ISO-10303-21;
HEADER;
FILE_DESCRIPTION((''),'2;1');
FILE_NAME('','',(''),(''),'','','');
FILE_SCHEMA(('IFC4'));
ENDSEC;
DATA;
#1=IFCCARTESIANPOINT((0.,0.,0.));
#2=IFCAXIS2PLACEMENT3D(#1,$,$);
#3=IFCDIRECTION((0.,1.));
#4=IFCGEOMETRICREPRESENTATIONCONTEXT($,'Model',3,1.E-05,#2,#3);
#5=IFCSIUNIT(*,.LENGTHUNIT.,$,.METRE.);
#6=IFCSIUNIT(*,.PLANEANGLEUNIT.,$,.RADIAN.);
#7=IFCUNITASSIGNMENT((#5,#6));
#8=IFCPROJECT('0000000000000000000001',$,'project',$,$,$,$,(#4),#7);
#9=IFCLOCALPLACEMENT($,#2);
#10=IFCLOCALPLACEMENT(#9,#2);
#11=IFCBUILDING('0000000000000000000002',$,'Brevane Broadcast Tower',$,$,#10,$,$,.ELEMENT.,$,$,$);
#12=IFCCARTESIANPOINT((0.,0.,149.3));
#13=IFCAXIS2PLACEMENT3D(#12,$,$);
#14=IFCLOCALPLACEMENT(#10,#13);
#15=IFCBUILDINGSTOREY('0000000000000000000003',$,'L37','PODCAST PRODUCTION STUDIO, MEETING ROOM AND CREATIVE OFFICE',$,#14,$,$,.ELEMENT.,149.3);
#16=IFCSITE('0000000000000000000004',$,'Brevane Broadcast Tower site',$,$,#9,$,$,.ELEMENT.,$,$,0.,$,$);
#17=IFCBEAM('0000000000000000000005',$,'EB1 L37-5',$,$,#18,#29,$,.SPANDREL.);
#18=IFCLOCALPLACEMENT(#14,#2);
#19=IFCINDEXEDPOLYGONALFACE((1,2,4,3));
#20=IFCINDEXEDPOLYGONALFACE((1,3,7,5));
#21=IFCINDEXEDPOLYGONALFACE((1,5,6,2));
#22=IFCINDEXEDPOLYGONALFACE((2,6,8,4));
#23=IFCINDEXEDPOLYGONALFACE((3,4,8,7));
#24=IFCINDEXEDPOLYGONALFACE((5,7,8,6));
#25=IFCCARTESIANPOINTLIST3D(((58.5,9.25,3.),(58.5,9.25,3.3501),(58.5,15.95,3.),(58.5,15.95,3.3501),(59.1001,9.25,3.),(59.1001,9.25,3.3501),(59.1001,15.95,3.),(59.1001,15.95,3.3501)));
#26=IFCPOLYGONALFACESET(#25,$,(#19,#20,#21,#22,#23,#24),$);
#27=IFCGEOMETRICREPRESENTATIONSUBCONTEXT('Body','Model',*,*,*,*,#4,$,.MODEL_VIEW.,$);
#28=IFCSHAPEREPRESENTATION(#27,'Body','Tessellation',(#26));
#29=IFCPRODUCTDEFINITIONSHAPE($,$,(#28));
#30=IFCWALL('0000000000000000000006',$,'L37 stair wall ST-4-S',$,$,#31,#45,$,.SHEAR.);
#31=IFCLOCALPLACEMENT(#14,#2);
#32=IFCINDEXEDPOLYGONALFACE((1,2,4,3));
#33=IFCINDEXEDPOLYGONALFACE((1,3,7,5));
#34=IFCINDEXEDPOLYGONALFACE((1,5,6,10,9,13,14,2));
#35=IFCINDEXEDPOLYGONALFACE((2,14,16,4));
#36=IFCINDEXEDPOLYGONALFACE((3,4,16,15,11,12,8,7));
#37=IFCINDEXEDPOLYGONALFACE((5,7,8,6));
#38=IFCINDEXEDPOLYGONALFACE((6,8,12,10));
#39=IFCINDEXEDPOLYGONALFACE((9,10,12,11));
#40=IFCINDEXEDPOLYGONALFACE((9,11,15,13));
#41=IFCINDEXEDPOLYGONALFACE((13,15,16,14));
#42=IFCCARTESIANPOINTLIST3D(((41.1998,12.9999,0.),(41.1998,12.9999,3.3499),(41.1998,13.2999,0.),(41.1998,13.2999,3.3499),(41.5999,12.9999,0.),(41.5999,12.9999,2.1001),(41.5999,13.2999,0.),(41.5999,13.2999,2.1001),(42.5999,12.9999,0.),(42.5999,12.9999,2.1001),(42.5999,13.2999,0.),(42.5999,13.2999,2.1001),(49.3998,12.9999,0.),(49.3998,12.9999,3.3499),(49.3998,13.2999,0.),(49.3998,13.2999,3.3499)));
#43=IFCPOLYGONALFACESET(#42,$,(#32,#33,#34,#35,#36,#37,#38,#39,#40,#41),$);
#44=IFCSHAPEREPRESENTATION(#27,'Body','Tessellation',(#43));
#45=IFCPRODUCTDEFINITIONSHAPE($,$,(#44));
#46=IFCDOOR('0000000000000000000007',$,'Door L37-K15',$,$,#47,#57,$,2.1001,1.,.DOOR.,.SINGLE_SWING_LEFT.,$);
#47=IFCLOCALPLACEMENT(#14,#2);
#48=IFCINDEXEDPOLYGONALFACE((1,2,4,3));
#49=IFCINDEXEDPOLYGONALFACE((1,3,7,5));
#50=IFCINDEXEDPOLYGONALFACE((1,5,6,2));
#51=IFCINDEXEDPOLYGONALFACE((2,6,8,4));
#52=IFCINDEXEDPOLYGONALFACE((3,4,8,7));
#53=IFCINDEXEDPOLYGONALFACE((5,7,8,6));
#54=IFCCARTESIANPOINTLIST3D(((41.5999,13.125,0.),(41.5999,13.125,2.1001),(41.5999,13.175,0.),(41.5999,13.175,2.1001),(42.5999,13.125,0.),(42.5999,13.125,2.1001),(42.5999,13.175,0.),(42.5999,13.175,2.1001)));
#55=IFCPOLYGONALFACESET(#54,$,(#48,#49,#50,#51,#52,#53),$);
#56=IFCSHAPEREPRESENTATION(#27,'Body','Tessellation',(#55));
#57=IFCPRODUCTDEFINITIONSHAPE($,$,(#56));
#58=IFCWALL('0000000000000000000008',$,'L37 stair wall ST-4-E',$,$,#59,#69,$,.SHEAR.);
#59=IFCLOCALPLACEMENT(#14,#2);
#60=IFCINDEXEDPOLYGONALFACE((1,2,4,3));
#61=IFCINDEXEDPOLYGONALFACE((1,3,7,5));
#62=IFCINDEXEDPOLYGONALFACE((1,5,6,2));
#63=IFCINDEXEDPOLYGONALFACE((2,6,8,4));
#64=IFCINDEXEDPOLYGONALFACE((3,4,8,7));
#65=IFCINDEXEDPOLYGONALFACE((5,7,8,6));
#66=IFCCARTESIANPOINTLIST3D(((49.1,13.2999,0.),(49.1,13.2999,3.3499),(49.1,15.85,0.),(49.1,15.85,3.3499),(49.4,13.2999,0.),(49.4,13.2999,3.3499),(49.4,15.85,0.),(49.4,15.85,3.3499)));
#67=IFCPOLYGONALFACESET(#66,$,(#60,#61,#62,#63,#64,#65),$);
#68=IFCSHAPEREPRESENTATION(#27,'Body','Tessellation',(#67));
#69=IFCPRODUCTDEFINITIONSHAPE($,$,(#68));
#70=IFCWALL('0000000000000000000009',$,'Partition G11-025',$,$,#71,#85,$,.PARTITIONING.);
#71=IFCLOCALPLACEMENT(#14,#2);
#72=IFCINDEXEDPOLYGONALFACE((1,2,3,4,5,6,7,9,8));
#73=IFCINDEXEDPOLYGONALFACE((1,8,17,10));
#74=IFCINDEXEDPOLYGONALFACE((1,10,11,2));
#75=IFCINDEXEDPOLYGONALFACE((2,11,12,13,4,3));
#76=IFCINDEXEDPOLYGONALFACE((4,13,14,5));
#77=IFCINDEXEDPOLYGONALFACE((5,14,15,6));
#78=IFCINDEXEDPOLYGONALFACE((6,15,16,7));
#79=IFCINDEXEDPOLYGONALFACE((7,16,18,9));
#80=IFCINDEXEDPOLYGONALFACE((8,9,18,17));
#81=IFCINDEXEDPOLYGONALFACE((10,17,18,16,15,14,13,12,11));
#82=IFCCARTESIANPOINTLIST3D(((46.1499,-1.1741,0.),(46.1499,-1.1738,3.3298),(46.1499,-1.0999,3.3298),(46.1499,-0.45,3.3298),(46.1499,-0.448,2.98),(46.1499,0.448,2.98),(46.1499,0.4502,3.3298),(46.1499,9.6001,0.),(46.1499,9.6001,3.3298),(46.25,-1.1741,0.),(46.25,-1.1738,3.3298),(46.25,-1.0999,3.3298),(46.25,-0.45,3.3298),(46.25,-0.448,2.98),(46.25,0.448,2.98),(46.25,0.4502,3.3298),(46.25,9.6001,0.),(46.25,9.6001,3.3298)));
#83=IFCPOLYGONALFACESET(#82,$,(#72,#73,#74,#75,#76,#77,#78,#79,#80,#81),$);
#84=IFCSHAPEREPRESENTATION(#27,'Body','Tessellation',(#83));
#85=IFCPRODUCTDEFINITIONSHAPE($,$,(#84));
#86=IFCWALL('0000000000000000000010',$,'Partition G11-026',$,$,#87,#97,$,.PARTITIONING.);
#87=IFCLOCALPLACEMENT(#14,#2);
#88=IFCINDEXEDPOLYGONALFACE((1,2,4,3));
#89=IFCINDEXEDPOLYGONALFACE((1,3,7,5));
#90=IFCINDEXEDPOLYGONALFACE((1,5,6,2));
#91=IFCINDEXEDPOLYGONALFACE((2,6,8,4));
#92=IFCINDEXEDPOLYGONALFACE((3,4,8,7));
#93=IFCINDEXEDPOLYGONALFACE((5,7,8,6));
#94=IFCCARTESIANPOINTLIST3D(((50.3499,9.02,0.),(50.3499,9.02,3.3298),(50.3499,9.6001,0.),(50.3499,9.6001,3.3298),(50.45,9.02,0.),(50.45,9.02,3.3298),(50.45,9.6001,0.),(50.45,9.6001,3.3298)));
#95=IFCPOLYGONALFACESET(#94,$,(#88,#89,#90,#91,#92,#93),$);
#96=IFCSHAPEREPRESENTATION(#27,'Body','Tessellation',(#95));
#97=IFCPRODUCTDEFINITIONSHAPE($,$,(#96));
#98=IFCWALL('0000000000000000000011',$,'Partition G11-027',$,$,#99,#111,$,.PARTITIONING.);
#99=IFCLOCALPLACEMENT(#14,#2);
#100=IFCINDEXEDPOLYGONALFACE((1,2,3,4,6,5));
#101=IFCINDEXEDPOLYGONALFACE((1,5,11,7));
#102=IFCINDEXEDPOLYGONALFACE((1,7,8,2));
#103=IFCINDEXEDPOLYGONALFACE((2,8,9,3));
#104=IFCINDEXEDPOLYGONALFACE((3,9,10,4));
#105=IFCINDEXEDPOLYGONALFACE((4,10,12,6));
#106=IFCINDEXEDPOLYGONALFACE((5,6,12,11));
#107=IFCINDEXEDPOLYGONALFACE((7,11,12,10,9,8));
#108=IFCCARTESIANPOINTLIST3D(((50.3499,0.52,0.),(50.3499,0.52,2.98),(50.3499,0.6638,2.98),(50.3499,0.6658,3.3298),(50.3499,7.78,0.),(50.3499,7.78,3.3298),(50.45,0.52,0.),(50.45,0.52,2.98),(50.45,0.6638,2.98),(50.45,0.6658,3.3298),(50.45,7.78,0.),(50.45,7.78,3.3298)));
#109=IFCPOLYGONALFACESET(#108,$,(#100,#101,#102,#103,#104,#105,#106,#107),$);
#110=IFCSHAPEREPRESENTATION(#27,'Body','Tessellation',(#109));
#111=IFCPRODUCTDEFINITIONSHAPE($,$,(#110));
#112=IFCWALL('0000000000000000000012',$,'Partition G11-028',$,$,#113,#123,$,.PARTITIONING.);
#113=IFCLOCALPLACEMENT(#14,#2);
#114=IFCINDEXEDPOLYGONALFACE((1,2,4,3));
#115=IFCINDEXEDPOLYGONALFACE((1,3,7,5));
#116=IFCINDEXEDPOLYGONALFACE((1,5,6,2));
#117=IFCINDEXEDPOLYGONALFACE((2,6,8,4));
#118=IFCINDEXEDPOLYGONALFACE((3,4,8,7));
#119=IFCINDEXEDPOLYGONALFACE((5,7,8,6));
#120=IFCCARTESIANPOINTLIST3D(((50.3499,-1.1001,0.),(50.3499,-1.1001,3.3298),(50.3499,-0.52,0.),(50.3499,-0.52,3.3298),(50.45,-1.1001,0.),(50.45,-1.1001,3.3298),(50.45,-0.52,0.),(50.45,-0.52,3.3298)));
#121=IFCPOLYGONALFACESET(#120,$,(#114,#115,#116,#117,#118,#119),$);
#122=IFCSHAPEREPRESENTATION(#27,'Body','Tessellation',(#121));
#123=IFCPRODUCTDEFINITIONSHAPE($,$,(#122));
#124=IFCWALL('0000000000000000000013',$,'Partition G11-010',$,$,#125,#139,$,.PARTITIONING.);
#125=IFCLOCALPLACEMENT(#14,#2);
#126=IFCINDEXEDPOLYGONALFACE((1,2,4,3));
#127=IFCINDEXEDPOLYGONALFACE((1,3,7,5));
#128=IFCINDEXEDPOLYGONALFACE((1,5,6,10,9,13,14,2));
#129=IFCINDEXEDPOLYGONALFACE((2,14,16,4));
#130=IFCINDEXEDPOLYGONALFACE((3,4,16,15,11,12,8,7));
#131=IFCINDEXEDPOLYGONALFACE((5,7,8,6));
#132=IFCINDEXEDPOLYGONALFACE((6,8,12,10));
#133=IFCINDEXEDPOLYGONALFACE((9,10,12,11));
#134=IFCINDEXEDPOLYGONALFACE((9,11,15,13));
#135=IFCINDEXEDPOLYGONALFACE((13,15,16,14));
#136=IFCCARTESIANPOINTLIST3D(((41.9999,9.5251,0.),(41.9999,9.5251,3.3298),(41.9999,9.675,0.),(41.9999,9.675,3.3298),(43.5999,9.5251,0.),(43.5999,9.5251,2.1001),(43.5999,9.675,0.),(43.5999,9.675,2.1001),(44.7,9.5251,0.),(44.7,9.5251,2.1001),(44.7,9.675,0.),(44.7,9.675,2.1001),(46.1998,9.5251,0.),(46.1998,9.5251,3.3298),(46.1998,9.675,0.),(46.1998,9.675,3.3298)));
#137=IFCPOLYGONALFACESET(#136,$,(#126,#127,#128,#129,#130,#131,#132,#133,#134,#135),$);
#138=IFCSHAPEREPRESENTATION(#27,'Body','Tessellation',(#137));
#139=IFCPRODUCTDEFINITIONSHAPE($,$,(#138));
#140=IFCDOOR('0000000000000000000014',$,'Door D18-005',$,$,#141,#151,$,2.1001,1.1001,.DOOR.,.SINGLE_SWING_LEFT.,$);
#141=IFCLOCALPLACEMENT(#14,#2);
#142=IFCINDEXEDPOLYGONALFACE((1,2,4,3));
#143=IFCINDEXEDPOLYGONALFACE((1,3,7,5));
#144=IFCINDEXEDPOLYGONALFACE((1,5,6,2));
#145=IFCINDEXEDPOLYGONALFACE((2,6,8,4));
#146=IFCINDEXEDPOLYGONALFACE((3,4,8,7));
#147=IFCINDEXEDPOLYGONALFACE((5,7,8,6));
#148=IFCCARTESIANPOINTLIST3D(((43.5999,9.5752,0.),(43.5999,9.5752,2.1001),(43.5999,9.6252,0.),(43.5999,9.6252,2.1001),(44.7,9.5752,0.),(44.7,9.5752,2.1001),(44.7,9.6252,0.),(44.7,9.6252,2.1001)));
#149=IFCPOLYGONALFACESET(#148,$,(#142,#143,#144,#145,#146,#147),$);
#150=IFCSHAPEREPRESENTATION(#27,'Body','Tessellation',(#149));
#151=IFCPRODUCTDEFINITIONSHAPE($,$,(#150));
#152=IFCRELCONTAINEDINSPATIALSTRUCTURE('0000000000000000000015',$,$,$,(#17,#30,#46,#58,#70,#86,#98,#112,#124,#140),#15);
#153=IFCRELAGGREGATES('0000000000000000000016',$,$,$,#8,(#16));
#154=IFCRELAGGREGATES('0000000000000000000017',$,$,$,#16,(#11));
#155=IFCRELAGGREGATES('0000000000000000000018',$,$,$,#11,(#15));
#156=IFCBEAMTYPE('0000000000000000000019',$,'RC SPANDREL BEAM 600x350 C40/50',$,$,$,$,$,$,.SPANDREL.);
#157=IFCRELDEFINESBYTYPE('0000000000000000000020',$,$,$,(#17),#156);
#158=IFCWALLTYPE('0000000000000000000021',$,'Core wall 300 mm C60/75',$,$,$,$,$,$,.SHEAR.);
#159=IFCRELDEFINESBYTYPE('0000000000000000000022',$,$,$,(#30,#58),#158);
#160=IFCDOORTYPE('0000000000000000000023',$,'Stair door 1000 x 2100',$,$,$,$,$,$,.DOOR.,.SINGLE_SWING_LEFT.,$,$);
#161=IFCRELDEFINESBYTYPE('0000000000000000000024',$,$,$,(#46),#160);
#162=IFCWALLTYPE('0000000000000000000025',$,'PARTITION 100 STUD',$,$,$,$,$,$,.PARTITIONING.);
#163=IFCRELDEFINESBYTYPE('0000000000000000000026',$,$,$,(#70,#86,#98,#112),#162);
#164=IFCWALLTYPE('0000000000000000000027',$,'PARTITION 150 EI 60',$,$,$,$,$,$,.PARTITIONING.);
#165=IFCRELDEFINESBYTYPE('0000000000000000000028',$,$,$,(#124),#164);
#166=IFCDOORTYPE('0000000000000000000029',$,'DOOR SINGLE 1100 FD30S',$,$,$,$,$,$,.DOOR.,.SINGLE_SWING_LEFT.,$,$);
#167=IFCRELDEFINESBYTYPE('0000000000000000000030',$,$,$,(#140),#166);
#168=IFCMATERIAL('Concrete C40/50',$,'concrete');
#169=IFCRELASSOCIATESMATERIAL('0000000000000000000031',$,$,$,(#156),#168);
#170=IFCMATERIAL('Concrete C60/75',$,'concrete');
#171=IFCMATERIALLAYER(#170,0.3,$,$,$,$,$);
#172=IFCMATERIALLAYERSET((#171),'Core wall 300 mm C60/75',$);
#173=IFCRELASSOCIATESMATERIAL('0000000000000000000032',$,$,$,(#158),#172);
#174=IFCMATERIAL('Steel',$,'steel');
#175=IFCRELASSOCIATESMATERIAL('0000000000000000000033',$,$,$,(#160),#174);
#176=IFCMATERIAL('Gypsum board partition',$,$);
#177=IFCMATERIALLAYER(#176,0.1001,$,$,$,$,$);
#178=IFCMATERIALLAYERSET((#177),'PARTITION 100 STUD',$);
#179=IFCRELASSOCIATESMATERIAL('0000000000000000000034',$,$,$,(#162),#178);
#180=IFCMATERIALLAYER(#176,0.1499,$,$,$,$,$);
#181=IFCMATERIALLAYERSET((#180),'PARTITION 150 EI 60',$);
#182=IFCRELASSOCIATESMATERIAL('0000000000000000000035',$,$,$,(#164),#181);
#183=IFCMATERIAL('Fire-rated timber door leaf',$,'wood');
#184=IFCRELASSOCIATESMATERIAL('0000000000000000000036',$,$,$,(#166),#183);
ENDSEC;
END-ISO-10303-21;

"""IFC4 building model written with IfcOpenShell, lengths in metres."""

from ifc_helpers import new_model, si_unit, direction, frame, frame_2d, origin, origin_2d, place, context, subcontext, project, spatial, polyline, rectangle, outline, extrude, material, layer, layer_set, material_profile, profile_set, type_object, element, fill, save


model = new_model("IFC4")

# Units and contexts
model_context = context("Model", 3, precision=1e-05, world=origin(), true_north=direction((0.0, 1.0)))
body_context = subcontext(model_context, "Body", "Model", "MODEL_VIEW")
ifc_project = project(units=[si_unit("LENGTHUNIT", "METRE"), si_unit("PLANEANGLEUNIT", "RADIAN")], contexts=[model_context])

# Site, building, storey
site_placement = place(None, origin())
site = spatial("IfcSite", under=ifc_project, at=site_placement, Name="Brevane Broadcast Tower site", CompositionType="ELEMENT", RefElevation=0.0)
building_placement = place(site_placement, origin())
building = spatial("IfcBuilding", under=site, at=building_placement, Name="Brevane Broadcast Tower", CompositionType="ELEMENT")
storey_placement = place(building_placement, frame((0.0, 0.0, 149.3)))
storey = spatial("IfcBuildingStorey", under=building, at=storey_placement, Name="L37", Description="PODCAST PRODUCTION STUDIO, MEETING ROOM AND CREATIVE OFFICE", CompositionType="ELEMENT", Elevation=149.3)

# Shared definitions
ifc_material_1 = material(Name="Concrete C60/75", Category="concrete")

# Beam
ifc_material_2 = material(Name="Concrete C40/50", Category="concrete")
ifc_material_profile_1 = material_profile(ifc_material_2, rectangle(XDim=0.6001, YDim=0.3501, at=origin_2d()), Name="RC 600x350")
ifc_profile_set_1 = profile_set([ifc_material_profile_1], Name="Concrete C40/50")
beam_type = type_object("IfcBeamType", Name="RC SPANDREL BEAM 600x350 C40/50", PredefinedType="SPANDREL", material=ifc_profile_set_1)
beam_1_placement = place(storey_placement, frame((58.8, 9.25, 3.175), z_axis=(0.0, 1.0, 0.0), x_axis=(-1.0, 0.0, 0.0)))
element("IfcBeam", 1, at=beam_1_placement, inside=storey, type_object=beam_type, Name="EB1 L37-5", PredefinedType="SPANDREL", context=body_context, shape_type="SweptSolid", body=[
    extrude(rectangle(XDim=0.6001, YDim=0.3501, at=origin_2d()), origin(), (0.0, 0.0, 1.0), 6.7),
])

# Wall, opening, door
ifc_layer_1 = layer(ifc_material_1, 0.3)
ifc_layer_set_1 = layer_set([ifc_layer_1], Name="Core wall 300 mm C60/75")
wall_type_1 = type_object("IfcWallType", Name="Core wall 300 mm C60/75", PredefinedType="SHEAR", material=ifc_layer_set_1)
wall_1_placement = place(storey_placement, frame((49.3999, 13.1499, 0.0), z_axis=(0.0, 0.0, 1.0), x_axis=(-1.0, 0.0, 0.0)))
wall_1 = element("IfcWall", 2, at=wall_1_placement, inside=storey, type_object=wall_type_1, Name="L37 stair wall ST-4-S", PredefinedType="SHEAR", context=body_context, shape_type="SweptSolid", body=[
    extrude(rectangle(XDim=8.2, YDim=0.3, at=frame_2d((4.1001, 0.0))), origin(), (0.0, 0.0, 1.0), 3.3499),
])
opening_1_placement = place(wall_1_placement, frame((6.8, 0.0, 0.0)))
opening_1 = element("IfcOpeningElement", 3, at=opening_1_placement, cuts=wall_1, PredefinedType="OPENING", context=body_context, shape_type="SweptSolid", body=[
    extrude(rectangle(XDim=1.0, YDim=2.1001, at=frame_2d((0.5, 1.05))), frame((0.0, 0.1599, 0.0), z_axis=(0.0, -1.0, 0.0), x_axis=(1.0, 0.0, 0.0)), (0.0, 0.0, 1.0), 0.3201),
])
ifc_material_3 = material(Name="Steel", Category="steel")
door_type_1 = type_object("IfcDoorType", Name="Stair door 1000 x 2100", OperationType="SINGLE_SWING_LEFT", PredefinedType="DOOR", material=ifc_material_3)
door_1_placement = place(opening_1_placement, origin())
door_1 = element("IfcDoor", 4, at=door_1_placement, inside=storey, type_object=door_type_1, Name="Door L37-K15", OperationType="SINGLE_SWING_LEFT", OverallHeight=2.1001, OverallWidth=1.0, PredefinedType="DOOR", context=body_context, shape_type="SweptSolid", body=[
    extrude(rectangle(XDim=1.0, YDim=2.1001, at=frame_2d((0.5, 1.05))), frame((0.0, 0.0249, 0.0), z_axis=(0.0, -1.0, 0.0), x_axis=(1.0, 0.0, 0.0)), (0.0, 0.0, 1.0), 0.05),
])
fill(opening_1, door_1)

# Walls
wall_2_placement = place(storey_placement, frame((49.25, 13.3, 0.0), z_axis=(0.0, 0.0, 1.0), x_axis=(0.0, 1.0, 0.0)))
element("IfcWall", 5, at=wall_2_placement, inside=storey, type_object=wall_type_1, Name="L37 stair wall ST-4-E", PredefinedType="SHEAR", context=body_context, shape_type="SweptSolid", body=[
    extrude(rectangle(XDim=2.55, YDim=0.3, at=frame_2d((1.2749, 0.0))), origin(), (0.0, 0.0, 1.0), 3.3499),
])
ifc_material_4 = material(Name="Gypsum board partition")
ifc_layer_2 = layer(ifc_material_4, 0.1001)
ifc_layer_set_2 = layer_set([ifc_layer_2], Name="PARTITION 100 STUD")
wall_type_2 = type_object("IfcWallType", Name="PARTITION 100 STUD", PredefinedType="PARTITIONING", material=ifc_layer_set_2)
wall_3_placement = place(storey_placement, frame((46.2, 9.6001, 0.0), z_axis=(0.0, 0.0, 1.0), x_axis=(0.0, -1.0, 0.0)))
element("IfcWall", 6, at=wall_3_placement, inside=storey, type_object=wall_type_2, Name="Partition G11-025", PredefinedType="PARTITIONING", context=body_context, shape_type="SweptSolid", body=[
    extrude(outline(polyline([(0.0, 0.0), (10.7742, 0.0), (10.7739, 3.3298), (10.7, 3.3298), (10.05, 3.3298), (10.0481, 2.98), (9.1521, 2.98), (9.1499, 3.3298), (0.0, 3.3298), (0.0, 0.0)])), frame((0.0, 0.05, 0.0), z_axis=(0.0, -1.0, 0.0), x_axis=(1.0, 0.0, 0.0)), (0.0, 0.0, 1.0), 0.1001),
])
wall_4_placement = place(storey_placement, frame((50.3999, 9.6001, 0.0), z_axis=(0.0, 0.0, 1.0), x_axis=(0.0, -1.0, 0.0)))
element("IfcWall", 7, at=wall_4_placement, inside=storey, type_object=wall_type_2, Name="Partition G11-026", PredefinedType="PARTITIONING", context=body_context, shape_type="SweptSolid", body=[
    extrude(rectangle(XDim=0.5801, YDim=0.1001, at=frame_2d((0.29, 0.0))), origin(), (0.0, 0.0, 1.0), 3.3298),
])
wall_5_placement = place(storey_placement, frame((50.3999, 7.78, 0.0), z_axis=(0.0, 0.0, 1.0), x_axis=(0.0, -1.0, 0.0)))
element("IfcWall", 8, at=wall_5_placement, inside=storey, type_object=wall_type_2, Name="Partition G11-027", PredefinedType="PARTITIONING", context=body_context, shape_type="SweptSolid", body=[
    extrude(outline(polyline([(0.0, 0.0), (7.26, 0.0), (7.26, 2.98), (7.1162, 2.98), (7.1143, 3.3298), (0.0, 3.3298), (0.0, 0.0)])), frame((0.0, 0.05, 0.0), z_axis=(0.0, -1.0, 0.0), x_axis=(1.0, 0.0, 0.0)), (0.0, 0.0, 1.0), 0.1001),
])
wall_6_placement = place(storey_placement, frame((50.3999, -0.52, 0.0), z_axis=(0.0, 0.0, 1.0), x_axis=(0.0, -1.0, 0.0)))
element("IfcWall", 9, at=wall_6_placement, inside=storey, type_object=wall_type_2, Name="Partition G11-028", PredefinedType="PARTITIONING", context=body_context, shape_type="SweptSolid", body=[
    extrude(rectangle(XDim=0.5801, YDim=0.1001, at=frame_2d((0.29, 0.0))), origin(), (0.0, 0.0, 1.0), 3.3298),
])

# Wall, opening, door
ifc_layer_3 = layer(ifc_material_4, 0.1499)
ifc_layer_set_3 = layer_set([ifc_layer_3], Name="PARTITION 150 EI 60")
wall_type_3 = type_object("IfcWallType", Name="PARTITION 150 EI 60", PredefinedType="PARTITIONING", material=ifc_layer_set_3)
wall_7_placement = place(storey_placement, frame((46.2, 9.6001, 0.0), z_axis=(0.0, 0.0, 1.0), x_axis=(-1.0, 0.0, 0.0)))
wall_7 = element("IfcWall", 10, at=wall_7_placement, inside=storey, type_object=wall_type_3, Name="Partition G11-010", PredefinedType="PARTITIONING", context=body_context, shape_type="SweptSolid", body=[
    extrude(rectangle(XDim=4.2, YDim=0.1499, at=frame_2d((2.1001, 0.0))), origin(), (0.0, 0.0, 1.0), 3.3298),
])
opening_2_placement = place(wall_7_placement, frame((1.5, 0.0, 0.0)))
opening_2 = element("IfcOpeningElement", 11, at=opening_2_placement, cuts=wall_7, PredefinedType="OPENING", context=body_context, shape_type="SweptSolid", body=[
    extrude(rectangle(XDim=1.1001, YDim=2.1001, at=frame_2d((0.55, 1.05))), frame((0.0, 0.085, 0.0), z_axis=(0.0, -1.0, 0.0), x_axis=(1.0, 0.0, 0.0)), (0.0, 0.0, 1.0), 0.1699),
])
ifc_material_5 = material(Name="Fire-rated timber door leaf", Category="wood")
door_type_2 = type_object("IfcDoorType", Name="DOOR SINGLE 1100 FD30S", OperationType="SINGLE_SWING_LEFT", PredefinedType="DOOR", material=ifc_material_5)
door_2_placement = place(opening_2_placement, origin())
door_2 = element("IfcDoor", 12, at=door_2_placement, inside=storey, type_object=door_type_2, Name="Door D18-005", OperationType="SINGLE_SWING_LEFT", OverallHeight=2.1001, OverallWidth=1.1001, PredefinedType="DOOR", context=body_context, shape_type="SweptSolid", body=[
    extrude(rectangle(XDim=1.1001, YDim=2.1001, at=frame_2d((0.55, 1.05))), frame((0.0, 0.0249, 0.0), z_axis=(0.0, -1.0, 0.0), x_axis=(1.0, 0.0, 0.0)), (0.0, 0.0, 1.0), 0.05),
])
fill(opening_2, door_2)

save(model, "model.ifc")
